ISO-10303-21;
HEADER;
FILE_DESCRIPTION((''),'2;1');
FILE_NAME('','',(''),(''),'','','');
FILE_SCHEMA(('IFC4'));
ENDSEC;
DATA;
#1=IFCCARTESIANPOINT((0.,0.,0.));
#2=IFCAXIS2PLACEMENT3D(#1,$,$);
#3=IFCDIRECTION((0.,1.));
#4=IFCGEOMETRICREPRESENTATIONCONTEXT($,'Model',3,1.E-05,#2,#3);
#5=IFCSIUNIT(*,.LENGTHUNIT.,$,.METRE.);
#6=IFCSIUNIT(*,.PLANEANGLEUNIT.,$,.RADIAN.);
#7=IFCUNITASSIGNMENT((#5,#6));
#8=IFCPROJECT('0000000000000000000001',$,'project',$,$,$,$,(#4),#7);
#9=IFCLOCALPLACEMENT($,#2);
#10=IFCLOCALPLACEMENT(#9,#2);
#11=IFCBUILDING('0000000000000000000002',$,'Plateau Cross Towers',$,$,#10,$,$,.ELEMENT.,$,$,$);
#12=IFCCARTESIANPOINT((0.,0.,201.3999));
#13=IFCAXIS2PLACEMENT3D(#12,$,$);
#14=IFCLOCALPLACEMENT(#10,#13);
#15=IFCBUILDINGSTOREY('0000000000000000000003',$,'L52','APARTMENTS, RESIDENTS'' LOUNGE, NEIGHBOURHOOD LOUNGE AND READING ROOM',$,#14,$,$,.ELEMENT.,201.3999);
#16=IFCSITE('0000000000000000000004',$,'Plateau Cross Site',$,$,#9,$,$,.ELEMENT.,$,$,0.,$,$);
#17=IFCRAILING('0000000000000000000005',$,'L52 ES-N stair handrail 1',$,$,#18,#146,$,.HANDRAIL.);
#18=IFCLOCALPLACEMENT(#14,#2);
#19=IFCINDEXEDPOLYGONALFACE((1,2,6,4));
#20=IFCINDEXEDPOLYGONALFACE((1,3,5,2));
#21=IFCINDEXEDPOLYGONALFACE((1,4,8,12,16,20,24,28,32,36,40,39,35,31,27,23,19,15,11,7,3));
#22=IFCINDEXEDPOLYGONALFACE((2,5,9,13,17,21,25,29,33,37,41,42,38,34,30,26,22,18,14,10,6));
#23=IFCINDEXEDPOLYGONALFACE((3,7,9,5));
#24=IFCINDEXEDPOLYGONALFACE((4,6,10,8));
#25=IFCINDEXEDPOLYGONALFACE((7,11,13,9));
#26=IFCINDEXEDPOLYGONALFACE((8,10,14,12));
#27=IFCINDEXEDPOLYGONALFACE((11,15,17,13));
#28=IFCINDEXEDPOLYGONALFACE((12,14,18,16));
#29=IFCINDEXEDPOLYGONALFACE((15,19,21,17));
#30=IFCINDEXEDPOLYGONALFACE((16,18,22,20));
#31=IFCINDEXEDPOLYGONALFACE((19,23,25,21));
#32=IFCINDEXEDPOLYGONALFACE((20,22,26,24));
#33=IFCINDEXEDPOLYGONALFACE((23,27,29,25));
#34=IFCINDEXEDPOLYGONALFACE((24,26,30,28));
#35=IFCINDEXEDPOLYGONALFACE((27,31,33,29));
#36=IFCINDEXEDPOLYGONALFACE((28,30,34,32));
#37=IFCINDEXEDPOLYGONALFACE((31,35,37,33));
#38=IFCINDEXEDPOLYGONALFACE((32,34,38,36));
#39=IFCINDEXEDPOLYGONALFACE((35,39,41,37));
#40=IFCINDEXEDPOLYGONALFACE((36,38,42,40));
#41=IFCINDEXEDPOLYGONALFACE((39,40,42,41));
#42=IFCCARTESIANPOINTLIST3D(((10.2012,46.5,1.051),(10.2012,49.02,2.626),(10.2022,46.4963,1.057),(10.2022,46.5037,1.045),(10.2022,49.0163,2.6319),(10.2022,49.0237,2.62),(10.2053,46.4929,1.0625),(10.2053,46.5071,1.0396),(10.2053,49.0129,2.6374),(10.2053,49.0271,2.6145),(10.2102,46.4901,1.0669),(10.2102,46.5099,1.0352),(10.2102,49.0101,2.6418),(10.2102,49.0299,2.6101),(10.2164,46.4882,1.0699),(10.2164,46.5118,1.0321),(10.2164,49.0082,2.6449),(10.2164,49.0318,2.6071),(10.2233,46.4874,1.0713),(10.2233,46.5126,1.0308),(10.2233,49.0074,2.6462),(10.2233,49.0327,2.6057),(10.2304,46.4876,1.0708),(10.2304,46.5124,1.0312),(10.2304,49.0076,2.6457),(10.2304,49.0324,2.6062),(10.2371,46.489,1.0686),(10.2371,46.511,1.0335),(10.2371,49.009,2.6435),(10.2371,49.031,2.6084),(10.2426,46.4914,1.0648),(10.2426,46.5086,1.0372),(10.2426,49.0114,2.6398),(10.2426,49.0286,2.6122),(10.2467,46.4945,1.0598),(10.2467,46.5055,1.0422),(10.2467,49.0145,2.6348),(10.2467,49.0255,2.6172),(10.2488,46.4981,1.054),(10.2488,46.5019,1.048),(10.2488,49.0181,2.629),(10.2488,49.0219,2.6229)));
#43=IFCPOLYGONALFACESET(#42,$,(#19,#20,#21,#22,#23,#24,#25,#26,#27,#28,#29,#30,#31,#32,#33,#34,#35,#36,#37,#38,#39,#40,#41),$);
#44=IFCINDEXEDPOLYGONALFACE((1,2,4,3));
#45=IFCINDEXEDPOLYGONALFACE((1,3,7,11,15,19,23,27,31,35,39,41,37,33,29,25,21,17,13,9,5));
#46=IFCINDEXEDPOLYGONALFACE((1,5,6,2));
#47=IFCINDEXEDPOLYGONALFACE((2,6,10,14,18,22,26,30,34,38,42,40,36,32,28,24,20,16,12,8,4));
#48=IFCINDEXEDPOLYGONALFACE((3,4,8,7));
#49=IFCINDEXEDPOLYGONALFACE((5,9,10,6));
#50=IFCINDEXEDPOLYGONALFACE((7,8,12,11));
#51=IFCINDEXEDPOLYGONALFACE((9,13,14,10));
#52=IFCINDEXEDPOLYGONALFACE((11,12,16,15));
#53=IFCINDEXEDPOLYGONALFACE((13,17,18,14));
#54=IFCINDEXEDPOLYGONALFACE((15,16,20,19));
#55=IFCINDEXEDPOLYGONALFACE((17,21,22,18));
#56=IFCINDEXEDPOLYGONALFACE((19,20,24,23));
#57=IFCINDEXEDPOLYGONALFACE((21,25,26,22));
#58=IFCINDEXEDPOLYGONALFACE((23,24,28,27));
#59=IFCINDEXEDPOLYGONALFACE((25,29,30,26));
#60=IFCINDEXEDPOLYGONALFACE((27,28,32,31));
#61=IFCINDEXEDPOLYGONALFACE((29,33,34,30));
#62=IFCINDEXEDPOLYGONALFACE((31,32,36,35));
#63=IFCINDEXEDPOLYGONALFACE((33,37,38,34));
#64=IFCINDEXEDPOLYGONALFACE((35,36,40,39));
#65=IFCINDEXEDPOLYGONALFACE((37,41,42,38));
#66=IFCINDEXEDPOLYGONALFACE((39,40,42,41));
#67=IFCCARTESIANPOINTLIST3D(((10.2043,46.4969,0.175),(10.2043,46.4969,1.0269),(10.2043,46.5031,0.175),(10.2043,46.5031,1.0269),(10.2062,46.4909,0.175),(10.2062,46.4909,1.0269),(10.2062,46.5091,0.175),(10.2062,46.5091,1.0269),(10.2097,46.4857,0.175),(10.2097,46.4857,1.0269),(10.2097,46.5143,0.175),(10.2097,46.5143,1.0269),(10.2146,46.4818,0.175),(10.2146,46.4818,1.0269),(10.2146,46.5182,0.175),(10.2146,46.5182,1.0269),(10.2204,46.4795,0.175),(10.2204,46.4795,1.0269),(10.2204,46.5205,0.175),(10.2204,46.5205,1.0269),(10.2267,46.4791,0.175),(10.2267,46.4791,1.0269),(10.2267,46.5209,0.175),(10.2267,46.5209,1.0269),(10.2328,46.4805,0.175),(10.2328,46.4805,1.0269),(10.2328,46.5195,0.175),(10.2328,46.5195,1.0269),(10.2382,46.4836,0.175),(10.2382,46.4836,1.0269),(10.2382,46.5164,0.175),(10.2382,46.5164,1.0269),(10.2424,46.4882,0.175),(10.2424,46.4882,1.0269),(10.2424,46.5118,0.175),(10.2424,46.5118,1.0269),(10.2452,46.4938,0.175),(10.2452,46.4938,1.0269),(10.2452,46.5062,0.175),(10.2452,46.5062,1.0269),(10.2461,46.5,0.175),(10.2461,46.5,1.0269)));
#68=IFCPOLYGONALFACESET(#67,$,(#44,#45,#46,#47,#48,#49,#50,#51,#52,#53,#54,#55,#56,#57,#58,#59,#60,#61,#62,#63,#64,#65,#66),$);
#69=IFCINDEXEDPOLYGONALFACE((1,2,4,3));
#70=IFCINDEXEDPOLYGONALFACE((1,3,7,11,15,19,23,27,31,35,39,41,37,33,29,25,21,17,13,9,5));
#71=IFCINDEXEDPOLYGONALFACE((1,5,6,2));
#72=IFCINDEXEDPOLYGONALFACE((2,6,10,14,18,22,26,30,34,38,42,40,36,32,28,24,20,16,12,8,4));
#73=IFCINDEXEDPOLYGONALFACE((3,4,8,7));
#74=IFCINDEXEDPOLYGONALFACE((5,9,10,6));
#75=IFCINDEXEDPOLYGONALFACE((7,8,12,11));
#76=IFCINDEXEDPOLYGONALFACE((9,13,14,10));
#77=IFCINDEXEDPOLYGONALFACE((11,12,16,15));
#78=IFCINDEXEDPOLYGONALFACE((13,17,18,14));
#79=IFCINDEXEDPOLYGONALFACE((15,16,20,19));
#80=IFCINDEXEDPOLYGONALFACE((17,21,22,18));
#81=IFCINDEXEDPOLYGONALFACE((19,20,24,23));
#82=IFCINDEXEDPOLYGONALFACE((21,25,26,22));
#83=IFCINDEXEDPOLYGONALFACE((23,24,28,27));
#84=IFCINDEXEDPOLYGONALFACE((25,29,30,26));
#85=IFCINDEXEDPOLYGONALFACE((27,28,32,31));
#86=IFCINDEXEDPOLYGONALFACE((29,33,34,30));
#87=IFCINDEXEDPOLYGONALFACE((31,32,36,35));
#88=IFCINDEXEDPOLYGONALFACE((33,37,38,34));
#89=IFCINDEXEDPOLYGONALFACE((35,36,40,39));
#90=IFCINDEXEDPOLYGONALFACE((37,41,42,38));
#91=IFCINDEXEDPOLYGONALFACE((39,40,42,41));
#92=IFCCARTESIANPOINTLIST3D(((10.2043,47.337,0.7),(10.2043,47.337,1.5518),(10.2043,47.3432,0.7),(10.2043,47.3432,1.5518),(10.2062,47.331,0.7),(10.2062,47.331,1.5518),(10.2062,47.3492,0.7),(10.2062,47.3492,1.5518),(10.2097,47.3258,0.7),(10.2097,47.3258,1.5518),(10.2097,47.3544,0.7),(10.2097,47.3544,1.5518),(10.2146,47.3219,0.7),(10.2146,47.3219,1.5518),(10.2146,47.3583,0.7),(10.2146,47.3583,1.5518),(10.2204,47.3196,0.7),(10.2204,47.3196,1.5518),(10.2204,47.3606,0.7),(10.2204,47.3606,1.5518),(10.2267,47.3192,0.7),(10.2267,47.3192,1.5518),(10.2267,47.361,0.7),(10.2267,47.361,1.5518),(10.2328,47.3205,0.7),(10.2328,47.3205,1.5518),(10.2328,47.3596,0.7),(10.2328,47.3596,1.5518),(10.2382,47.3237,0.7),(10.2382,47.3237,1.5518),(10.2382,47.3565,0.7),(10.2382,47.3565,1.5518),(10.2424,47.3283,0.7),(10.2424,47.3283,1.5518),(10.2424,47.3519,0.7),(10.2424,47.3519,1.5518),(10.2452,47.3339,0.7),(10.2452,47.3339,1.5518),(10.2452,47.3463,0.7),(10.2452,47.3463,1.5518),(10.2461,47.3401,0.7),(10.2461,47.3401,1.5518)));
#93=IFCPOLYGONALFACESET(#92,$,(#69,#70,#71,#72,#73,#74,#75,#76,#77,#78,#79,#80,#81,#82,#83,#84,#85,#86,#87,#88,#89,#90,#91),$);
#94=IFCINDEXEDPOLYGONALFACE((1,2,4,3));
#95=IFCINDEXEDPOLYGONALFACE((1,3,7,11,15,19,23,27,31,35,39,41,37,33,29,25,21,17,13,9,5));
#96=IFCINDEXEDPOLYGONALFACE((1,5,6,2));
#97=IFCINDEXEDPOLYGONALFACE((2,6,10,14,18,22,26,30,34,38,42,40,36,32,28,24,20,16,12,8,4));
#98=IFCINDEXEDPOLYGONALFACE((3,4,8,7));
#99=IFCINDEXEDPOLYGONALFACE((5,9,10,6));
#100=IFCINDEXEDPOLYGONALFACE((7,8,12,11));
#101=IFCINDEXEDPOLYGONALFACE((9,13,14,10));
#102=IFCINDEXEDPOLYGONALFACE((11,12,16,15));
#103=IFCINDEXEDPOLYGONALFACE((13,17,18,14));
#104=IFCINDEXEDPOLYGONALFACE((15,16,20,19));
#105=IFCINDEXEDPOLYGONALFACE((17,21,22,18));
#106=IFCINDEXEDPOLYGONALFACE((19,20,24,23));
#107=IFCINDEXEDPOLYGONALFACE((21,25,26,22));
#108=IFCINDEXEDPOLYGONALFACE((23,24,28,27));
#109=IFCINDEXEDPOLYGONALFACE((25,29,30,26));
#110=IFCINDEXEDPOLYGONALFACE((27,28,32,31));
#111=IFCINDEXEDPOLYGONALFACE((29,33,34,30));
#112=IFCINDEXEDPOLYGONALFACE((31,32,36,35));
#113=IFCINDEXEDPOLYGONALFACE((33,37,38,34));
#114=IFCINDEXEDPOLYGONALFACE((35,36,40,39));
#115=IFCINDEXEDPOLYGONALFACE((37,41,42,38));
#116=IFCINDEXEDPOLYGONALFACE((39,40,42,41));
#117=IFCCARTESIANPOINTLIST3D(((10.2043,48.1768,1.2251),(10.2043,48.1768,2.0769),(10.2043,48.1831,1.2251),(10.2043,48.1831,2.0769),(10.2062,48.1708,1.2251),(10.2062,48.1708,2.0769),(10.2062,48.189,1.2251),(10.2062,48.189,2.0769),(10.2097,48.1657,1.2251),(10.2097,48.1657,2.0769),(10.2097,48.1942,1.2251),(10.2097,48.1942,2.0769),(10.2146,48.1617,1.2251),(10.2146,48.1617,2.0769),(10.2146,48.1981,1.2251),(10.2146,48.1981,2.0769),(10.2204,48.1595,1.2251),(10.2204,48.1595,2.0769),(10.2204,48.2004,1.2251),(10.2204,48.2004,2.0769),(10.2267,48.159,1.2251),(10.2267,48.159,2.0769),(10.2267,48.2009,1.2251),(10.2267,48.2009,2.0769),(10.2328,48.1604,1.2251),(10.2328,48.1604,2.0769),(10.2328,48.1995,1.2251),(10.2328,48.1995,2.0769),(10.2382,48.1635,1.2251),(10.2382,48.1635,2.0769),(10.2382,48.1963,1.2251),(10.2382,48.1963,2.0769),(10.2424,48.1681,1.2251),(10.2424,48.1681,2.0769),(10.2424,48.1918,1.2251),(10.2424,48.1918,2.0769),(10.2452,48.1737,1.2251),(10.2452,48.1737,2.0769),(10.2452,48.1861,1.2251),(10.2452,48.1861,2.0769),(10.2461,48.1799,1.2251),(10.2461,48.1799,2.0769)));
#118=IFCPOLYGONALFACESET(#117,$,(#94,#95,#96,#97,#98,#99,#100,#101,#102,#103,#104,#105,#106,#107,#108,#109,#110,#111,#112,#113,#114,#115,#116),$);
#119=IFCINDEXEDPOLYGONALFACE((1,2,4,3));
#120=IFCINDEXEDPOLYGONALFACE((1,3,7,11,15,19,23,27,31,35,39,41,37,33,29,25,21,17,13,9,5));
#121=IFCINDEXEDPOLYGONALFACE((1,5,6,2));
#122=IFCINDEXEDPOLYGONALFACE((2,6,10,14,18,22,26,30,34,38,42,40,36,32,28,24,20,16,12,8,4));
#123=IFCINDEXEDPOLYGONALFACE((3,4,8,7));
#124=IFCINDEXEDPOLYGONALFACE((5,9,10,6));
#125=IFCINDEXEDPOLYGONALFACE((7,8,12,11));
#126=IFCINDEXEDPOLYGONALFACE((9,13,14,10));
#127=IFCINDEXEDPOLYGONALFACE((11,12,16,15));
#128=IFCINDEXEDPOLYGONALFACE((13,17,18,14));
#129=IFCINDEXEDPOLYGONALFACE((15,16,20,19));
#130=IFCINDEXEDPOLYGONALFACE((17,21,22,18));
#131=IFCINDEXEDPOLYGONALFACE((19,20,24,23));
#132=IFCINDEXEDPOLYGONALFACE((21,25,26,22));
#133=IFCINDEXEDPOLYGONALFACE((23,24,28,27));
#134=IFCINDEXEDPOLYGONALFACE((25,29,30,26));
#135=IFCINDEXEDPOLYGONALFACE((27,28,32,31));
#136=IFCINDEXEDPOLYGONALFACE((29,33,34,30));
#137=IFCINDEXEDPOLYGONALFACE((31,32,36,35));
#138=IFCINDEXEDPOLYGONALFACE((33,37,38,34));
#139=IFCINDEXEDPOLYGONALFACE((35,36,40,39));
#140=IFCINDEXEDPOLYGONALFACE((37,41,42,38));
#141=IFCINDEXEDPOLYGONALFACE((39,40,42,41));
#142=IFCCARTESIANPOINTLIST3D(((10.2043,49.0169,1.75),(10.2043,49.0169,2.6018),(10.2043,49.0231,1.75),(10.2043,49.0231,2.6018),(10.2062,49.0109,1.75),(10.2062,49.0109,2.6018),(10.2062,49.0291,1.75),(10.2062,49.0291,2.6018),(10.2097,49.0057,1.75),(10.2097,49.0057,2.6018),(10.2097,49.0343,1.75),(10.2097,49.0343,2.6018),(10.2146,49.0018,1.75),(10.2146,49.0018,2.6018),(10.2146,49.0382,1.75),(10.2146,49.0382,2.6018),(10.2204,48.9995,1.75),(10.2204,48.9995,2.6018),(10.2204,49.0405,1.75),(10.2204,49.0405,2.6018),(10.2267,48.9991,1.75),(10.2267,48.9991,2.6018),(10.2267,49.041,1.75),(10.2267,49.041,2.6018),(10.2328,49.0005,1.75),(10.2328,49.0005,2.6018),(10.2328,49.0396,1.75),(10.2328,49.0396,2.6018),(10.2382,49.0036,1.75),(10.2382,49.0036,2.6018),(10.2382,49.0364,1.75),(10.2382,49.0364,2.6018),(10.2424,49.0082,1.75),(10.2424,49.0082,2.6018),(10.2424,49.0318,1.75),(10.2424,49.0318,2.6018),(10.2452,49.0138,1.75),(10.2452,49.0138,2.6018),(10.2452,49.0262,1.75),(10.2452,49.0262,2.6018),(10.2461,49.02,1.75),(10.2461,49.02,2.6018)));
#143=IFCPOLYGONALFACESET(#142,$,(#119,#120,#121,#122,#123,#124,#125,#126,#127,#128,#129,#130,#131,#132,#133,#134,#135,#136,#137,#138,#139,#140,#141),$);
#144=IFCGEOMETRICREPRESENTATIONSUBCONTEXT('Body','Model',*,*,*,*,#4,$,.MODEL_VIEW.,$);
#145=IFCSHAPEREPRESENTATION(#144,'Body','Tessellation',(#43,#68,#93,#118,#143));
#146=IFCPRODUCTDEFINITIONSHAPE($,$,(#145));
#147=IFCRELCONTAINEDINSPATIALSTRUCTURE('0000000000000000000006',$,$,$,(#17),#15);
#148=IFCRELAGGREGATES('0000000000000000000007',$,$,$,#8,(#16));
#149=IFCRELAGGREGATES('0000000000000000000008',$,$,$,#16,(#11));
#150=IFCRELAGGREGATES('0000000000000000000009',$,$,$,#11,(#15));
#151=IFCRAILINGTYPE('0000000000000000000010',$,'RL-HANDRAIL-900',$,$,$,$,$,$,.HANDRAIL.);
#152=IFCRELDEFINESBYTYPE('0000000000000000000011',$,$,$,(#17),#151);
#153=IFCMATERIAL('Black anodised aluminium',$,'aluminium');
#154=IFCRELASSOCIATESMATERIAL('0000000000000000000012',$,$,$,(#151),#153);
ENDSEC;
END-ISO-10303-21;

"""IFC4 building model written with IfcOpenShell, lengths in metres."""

from ifc_helpers import new_model, si_unit, direction, frame, origin, origin_2d, place, context, subcontext, project, spatial, circle, extrude, material, type_object, element, save


model = new_model("IFC4")

# Units and contexts
model_context = context("Model", 3, precision=1e-05, world=origin(), true_north=direction((0.0, 1.0)))
body_context = subcontext(model_context, "Body", "Model", "MODEL_VIEW")
ifc_project = project(units=[si_unit("LENGTHUNIT", "METRE"), si_unit("PLANEANGLEUNIT", "RADIAN")], contexts=[model_context])

# Site, building, storey
site_placement = place(None, origin())
site = spatial("IfcSite", under=ifc_project, at=site_placement, Name="Plateau Cross Site", CompositionType="ELEMENT", RefElevation=0.0)
building_placement = place(site_placement, origin())
building = spatial("IfcBuilding", under=site, at=building_placement, Name="Plateau Cross Towers", CompositionType="ELEMENT")
storey_placement = place(building_placement, frame((0.0, 0.0, 201.3999)))
storey = spatial("IfcBuildingStorey", under=building, at=storey_placement, Name="L52", Description="APARTMENTS, RESIDENTS' LOUNGE, NEIGHBOURHOOD LOUNGE AND READING ROOM", CompositionType="ELEMENT", Elevation=201.3999)

# Shared definitions
ifc_material_1 = material(Name="Black anodised aluminium", Category="aluminium")

# Railing
railing_type_1 = type_object("IfcRailingType", Name="RL-HANDRAIL-900", PredefinedType="HANDRAIL", material=ifc_material_1)
railing_1_placement = place(storey_placement, frame((10.2251, 46.5, 0.175)))
element("IfcRailing", 1, at=railing_1_placement, inside=storey, type_object=railing_type_1, Name="L52 ES-N stair handrail 1", PredefinedType="HANDRAIL", context=body_context, shape_type="SweptSolid", body=[
    extrude(circle(Radius=0.0239, at=origin_2d()), frame((0.0, 0.0, 0.876), z_axis=(0.0, 0.848008, 0.529984), x_axis=(-1.0, 0.0, 0.0)), (0.0, 0.0, 1.0), 2.9717),
    extrude(circle(Radius=0.021, at=origin_2d()), origin(), (0.0, 0.0, 1.0), 0.8518),
    extrude(circle(Radius=0.021, at=origin_2d()), frame((0.0, 0.8401, 0.5249)), (0.0, 0.0, 1.0), 0.8518),
    extrude(circle(Radius=0.021, at=origin_2d()), frame((0.0, 1.6799, 1.05)), (0.0, 0.0, 1.0), 0.8518),
    extrude(circle(Radius=0.021, at=origin_2d()), frame((0.0, 2.52, 1.575)), (0.0, 0.0, 1.0), 0.8518),
])

save(model, "model.ifc")
